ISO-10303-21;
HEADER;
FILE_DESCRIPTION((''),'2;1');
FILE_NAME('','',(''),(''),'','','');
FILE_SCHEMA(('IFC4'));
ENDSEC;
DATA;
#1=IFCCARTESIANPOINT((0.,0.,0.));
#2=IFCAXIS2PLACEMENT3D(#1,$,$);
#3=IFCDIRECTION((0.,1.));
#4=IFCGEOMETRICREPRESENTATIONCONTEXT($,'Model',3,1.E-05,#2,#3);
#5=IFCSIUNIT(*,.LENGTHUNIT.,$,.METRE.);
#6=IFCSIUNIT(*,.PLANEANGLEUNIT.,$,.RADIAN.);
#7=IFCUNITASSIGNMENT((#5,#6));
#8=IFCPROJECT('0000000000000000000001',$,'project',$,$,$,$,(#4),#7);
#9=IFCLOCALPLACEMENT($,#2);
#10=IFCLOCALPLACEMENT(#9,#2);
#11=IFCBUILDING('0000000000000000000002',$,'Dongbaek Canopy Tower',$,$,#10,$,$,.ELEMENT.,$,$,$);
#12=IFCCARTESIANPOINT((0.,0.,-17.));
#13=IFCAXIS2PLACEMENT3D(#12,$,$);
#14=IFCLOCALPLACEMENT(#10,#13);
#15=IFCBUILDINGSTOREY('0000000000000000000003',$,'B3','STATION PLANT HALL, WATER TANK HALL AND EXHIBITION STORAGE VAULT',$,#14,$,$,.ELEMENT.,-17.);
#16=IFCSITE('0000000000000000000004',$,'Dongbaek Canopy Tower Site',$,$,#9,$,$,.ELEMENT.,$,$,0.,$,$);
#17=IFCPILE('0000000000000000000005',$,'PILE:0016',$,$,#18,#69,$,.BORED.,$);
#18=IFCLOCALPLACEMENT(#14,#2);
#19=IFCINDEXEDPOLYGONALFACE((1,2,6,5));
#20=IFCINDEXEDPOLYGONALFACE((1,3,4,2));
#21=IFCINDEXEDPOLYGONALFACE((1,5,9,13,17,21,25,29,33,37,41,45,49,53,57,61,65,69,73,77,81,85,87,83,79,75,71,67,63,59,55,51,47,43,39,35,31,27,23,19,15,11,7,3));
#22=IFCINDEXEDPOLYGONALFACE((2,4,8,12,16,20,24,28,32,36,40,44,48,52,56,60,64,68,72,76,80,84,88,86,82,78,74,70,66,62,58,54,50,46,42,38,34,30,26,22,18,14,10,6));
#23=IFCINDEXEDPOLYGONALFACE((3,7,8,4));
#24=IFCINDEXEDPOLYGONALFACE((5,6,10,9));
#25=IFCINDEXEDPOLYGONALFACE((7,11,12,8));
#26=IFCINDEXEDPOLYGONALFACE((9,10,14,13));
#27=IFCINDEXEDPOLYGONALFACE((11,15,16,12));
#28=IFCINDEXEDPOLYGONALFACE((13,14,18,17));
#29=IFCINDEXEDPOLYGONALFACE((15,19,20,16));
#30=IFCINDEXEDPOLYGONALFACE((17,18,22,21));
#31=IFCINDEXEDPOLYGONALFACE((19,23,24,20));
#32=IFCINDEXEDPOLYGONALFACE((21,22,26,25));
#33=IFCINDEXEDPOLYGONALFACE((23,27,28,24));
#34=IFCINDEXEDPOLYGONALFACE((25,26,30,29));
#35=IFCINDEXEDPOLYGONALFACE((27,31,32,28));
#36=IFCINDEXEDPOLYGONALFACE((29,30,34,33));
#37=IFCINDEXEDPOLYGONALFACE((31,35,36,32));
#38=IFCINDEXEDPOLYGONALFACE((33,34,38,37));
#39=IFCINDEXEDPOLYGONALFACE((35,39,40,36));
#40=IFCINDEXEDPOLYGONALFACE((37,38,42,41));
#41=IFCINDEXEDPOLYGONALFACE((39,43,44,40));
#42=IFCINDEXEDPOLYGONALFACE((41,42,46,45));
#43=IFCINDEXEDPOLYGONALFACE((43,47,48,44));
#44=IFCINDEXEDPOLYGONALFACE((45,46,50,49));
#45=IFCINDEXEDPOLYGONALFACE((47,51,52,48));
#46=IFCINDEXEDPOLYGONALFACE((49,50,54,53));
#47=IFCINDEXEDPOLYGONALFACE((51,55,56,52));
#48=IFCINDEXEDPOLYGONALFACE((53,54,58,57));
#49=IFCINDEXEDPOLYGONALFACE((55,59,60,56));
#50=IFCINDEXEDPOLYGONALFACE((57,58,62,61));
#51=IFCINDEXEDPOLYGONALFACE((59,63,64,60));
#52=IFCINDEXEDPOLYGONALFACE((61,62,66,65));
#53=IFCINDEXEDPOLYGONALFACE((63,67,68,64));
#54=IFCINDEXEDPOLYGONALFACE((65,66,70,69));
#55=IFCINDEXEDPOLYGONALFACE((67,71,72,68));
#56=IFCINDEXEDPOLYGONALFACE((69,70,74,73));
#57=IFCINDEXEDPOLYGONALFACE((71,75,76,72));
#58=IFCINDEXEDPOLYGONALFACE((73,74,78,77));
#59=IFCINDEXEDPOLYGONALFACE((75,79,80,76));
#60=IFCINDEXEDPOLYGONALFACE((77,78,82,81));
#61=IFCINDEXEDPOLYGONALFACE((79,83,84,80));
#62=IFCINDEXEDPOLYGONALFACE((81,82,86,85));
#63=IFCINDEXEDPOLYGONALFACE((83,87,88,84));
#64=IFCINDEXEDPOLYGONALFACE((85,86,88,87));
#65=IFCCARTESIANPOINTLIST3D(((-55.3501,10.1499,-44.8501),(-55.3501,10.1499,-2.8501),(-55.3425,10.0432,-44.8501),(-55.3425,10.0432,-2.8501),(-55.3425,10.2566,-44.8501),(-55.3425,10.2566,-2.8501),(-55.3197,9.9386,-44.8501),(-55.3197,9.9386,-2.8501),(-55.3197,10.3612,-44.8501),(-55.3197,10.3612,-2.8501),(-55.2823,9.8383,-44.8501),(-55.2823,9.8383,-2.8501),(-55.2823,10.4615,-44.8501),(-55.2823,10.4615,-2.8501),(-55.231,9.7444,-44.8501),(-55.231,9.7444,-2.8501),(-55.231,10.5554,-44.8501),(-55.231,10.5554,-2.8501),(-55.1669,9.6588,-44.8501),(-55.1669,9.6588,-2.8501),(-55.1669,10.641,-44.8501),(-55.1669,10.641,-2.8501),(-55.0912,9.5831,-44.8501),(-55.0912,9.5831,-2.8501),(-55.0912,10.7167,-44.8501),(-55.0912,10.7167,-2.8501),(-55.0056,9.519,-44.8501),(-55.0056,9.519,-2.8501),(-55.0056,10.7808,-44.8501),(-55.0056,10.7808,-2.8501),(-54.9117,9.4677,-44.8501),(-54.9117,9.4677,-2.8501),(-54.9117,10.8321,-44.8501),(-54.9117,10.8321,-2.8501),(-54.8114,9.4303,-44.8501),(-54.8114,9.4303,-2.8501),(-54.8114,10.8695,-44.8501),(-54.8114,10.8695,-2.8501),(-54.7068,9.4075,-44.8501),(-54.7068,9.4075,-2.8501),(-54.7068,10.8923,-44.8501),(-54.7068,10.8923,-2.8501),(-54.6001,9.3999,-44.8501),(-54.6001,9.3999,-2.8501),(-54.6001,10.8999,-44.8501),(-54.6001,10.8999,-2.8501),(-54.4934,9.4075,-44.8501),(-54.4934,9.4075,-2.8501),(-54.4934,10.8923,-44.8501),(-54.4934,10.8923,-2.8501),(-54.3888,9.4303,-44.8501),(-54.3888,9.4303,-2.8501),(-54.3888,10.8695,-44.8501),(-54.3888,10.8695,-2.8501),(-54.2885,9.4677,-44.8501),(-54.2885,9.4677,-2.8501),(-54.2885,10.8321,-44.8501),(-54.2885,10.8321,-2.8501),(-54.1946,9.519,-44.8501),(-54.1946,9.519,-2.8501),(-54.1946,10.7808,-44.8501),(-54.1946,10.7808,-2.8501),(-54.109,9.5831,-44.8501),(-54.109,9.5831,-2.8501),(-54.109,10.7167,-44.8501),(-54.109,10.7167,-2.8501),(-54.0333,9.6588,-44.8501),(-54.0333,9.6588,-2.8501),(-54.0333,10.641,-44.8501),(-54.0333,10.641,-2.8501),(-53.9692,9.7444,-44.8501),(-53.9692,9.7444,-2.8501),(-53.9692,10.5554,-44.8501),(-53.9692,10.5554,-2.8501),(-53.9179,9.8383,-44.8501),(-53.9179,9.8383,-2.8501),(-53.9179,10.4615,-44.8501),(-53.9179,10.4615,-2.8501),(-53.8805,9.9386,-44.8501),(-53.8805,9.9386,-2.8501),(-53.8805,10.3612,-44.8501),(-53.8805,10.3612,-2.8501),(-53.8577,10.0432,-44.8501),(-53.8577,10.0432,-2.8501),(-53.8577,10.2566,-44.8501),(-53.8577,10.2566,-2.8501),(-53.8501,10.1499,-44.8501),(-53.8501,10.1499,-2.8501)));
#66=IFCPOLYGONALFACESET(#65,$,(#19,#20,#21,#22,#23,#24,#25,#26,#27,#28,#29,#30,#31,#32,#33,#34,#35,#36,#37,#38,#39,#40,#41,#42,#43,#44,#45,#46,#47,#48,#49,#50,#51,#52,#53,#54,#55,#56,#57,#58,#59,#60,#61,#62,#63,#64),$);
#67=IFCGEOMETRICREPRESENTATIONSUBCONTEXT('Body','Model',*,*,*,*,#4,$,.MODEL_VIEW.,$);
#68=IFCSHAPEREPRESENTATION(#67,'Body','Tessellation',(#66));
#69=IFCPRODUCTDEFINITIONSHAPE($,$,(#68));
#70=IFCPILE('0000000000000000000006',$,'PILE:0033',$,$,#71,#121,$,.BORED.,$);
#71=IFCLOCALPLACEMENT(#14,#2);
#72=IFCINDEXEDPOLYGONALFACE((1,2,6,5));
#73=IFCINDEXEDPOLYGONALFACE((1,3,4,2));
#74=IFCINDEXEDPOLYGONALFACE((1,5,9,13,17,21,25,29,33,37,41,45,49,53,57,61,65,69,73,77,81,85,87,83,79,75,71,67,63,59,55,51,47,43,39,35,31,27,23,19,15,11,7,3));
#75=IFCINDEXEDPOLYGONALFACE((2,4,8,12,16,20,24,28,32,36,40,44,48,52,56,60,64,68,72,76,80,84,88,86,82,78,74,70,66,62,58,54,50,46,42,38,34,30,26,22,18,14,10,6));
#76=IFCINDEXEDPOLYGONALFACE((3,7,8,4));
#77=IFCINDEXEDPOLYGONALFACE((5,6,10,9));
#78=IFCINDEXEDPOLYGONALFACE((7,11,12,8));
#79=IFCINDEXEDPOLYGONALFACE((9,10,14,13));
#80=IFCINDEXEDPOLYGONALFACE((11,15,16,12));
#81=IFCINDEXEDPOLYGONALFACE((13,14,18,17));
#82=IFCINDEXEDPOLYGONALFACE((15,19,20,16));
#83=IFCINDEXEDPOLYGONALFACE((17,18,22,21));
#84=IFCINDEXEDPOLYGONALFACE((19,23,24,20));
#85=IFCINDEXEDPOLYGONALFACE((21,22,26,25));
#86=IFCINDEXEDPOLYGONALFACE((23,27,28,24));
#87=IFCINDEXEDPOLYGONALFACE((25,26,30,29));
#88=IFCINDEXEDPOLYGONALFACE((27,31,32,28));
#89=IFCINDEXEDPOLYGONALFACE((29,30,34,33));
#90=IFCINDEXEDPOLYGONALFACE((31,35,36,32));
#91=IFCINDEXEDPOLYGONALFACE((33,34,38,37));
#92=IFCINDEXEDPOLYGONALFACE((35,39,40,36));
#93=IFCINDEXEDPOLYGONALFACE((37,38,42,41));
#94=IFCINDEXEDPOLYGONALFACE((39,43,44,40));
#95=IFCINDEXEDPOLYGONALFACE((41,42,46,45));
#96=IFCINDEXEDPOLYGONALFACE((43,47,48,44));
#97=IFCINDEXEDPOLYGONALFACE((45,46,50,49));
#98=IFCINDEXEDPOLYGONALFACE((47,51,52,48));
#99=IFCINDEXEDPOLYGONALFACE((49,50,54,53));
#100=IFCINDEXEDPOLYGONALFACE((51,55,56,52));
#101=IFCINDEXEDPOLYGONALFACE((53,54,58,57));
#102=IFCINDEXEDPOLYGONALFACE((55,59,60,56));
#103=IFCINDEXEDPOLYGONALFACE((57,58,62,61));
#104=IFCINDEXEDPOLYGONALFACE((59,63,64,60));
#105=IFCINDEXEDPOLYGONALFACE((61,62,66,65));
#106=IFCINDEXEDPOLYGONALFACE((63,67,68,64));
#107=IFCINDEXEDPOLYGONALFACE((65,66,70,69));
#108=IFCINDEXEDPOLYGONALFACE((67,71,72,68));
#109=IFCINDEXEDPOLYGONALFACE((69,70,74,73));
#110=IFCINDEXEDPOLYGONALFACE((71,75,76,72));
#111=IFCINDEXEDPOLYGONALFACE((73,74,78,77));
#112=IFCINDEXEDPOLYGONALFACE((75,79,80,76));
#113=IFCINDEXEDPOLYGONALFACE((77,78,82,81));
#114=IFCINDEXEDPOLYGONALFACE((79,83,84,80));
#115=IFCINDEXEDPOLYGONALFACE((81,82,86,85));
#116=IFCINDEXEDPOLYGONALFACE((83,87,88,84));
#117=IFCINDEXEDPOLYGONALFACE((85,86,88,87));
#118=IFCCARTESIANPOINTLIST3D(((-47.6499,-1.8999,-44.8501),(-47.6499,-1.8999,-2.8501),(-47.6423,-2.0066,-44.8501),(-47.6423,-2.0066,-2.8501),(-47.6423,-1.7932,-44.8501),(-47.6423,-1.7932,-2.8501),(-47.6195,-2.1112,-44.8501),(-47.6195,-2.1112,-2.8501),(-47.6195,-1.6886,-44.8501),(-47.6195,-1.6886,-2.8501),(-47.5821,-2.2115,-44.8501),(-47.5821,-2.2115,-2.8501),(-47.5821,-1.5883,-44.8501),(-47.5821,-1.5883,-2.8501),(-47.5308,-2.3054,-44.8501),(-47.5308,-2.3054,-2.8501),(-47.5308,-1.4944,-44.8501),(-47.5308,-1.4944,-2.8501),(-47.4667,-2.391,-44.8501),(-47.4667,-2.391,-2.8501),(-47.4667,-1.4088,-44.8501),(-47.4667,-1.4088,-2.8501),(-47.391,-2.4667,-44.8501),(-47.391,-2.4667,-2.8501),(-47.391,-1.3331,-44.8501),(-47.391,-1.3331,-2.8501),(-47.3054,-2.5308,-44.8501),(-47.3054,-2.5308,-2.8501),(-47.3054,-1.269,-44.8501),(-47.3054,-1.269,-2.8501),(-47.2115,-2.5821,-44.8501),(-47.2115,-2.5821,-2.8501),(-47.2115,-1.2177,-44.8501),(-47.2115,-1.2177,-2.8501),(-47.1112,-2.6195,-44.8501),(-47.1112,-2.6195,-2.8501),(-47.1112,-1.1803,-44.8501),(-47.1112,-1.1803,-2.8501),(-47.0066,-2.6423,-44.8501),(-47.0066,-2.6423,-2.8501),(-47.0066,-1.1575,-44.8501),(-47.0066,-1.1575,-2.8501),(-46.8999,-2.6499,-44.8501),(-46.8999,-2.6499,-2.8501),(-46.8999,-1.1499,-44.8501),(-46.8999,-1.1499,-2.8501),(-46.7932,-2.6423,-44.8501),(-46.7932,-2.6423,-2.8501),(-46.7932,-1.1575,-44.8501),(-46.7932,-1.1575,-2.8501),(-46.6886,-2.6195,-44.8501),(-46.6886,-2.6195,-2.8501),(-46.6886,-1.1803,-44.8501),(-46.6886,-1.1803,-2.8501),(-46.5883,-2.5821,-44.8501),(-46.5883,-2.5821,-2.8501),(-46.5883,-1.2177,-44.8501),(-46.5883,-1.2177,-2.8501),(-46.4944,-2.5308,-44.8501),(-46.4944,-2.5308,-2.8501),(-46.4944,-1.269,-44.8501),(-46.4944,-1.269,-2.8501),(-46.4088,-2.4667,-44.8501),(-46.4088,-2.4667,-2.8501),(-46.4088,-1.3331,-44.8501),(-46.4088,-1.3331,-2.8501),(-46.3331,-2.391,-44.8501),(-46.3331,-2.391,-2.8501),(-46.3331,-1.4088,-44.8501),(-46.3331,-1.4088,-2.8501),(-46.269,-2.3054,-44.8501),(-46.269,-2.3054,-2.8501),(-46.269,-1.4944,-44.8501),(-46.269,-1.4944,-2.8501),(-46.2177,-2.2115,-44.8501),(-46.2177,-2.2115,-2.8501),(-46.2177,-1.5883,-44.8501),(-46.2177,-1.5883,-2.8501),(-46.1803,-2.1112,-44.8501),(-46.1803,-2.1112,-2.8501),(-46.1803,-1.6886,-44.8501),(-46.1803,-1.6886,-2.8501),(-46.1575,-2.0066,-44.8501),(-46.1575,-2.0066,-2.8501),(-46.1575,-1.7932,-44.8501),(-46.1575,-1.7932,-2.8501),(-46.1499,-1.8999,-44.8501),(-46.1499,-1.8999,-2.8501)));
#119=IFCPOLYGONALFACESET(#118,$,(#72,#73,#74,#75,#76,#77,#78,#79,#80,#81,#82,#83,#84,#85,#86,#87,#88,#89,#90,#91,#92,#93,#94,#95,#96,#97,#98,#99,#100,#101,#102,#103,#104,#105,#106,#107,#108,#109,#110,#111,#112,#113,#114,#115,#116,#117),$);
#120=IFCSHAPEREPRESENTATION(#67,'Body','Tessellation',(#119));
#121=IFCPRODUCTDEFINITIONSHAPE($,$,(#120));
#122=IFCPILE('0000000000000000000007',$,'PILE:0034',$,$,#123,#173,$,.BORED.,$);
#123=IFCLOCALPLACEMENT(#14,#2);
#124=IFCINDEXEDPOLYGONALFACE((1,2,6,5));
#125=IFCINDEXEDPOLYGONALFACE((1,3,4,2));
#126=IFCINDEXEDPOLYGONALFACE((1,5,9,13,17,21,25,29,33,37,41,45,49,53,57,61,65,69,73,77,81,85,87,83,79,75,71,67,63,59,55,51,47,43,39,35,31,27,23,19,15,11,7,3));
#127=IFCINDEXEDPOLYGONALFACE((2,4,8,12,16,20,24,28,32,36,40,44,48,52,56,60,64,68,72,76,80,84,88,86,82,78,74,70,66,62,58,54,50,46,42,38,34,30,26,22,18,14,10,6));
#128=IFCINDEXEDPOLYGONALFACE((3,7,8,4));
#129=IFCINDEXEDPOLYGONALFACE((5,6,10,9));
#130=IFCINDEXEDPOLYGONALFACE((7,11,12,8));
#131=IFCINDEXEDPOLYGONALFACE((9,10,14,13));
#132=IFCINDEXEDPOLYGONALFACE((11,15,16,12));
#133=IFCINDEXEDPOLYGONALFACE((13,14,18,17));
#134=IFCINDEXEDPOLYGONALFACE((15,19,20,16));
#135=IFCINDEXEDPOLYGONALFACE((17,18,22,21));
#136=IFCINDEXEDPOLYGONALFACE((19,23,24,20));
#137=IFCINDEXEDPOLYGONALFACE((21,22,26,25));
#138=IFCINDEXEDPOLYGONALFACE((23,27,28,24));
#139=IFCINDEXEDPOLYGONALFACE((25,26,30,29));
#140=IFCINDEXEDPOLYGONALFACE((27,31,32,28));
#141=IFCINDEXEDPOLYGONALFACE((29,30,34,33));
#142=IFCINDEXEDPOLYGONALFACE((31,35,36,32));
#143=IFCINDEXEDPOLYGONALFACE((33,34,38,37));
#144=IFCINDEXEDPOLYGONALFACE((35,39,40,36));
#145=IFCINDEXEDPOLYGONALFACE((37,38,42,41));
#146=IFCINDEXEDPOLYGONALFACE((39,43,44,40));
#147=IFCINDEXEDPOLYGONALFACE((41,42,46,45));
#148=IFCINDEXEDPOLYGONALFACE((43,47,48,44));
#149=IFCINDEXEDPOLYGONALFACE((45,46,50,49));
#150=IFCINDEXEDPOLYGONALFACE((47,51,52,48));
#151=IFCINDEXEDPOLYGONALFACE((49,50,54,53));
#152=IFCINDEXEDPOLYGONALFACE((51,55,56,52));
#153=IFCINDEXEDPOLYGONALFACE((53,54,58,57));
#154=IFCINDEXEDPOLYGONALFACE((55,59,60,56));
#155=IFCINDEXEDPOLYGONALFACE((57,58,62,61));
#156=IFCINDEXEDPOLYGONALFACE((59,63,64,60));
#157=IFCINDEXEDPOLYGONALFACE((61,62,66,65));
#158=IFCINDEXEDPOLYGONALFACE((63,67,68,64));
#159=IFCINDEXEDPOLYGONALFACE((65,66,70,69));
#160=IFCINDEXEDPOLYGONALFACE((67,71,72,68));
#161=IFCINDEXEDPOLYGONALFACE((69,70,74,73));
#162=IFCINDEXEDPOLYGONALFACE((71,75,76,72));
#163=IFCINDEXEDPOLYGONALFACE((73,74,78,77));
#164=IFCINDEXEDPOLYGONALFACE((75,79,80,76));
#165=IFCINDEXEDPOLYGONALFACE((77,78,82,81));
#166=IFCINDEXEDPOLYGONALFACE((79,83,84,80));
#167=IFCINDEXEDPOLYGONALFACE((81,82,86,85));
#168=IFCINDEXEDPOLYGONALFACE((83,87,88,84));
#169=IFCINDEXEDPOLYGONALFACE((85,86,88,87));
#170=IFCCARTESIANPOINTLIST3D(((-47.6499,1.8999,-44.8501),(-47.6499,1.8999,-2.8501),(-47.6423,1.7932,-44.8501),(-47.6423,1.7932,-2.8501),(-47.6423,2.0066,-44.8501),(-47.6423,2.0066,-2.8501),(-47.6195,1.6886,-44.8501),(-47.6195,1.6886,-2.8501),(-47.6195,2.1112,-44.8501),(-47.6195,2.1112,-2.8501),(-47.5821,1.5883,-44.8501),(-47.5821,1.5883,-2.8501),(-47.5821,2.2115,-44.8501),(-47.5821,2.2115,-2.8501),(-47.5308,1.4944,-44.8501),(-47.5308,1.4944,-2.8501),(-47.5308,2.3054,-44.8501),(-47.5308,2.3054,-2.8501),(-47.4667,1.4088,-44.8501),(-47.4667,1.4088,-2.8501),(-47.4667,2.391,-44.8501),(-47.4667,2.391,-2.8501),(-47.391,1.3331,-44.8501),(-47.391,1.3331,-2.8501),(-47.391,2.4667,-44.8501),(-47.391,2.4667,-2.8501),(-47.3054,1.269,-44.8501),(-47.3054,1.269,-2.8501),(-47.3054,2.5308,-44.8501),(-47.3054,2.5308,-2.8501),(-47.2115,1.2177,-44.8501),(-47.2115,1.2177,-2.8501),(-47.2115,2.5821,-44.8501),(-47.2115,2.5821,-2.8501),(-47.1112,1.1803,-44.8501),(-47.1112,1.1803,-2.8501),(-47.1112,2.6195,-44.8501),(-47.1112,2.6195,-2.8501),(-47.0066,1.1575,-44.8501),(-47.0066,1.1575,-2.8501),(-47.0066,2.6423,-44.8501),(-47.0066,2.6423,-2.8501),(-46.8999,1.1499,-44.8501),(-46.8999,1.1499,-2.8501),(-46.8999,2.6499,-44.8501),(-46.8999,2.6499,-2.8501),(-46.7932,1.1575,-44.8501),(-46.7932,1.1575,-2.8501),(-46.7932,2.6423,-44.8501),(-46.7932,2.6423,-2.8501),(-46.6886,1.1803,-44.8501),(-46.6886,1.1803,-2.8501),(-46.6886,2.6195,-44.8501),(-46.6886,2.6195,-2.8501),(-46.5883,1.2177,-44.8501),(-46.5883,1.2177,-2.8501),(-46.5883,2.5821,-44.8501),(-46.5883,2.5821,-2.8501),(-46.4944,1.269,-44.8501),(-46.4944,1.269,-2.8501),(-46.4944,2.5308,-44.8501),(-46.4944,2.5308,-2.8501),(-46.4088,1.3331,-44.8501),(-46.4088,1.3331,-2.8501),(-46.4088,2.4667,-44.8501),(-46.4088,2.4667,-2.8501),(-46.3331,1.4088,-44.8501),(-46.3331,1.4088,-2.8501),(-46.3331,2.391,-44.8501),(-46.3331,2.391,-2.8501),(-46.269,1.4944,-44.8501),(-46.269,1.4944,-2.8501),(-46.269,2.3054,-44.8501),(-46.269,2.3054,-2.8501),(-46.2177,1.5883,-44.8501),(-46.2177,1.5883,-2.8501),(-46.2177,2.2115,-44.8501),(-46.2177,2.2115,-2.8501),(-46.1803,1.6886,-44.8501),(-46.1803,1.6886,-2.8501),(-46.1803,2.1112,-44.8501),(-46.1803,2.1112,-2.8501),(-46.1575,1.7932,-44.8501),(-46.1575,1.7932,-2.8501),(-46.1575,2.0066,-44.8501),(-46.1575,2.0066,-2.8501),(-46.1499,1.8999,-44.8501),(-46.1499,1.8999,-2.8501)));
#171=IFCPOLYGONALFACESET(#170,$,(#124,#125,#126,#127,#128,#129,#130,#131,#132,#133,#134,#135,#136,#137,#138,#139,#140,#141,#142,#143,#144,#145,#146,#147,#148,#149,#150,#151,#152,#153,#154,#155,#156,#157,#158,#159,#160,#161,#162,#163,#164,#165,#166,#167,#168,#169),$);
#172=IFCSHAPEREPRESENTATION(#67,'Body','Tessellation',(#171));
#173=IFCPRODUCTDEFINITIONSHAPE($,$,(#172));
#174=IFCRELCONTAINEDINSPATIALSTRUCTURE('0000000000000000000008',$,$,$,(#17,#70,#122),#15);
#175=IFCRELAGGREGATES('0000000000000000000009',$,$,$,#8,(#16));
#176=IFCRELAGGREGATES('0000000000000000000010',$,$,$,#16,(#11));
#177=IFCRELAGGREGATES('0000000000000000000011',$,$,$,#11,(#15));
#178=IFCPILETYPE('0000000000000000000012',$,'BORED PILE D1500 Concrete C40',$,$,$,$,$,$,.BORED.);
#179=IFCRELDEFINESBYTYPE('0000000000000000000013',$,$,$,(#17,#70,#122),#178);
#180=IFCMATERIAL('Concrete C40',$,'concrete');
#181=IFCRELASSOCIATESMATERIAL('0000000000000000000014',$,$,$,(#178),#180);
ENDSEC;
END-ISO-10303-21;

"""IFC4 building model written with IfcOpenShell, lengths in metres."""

from ifc_helpers import new_model, si_unit, direction, frame, origin, origin_2d, place, context, subcontext, project, spatial, circle, extrude, material, material_profile, profile_set, type_object, element, save


model = new_model("IFC4")

# Units and contexts
model_context = context("Model", 3, precision=1e-05, world=origin(), true_north=direction((0.0, 1.0)))
body_context = subcontext(model_context, "Body", "Model", "MODEL_VIEW")
ifc_project = project(units=[si_unit("LENGTHUNIT", "METRE"), si_unit("PLANEANGLEUNIT", "RADIAN")], contexts=[model_context])

# Site, building, storey
site_placement = place(None, origin())
site = spatial("IfcSite", under=ifc_project, at=site_placement, Name="Dongbaek Canopy Tower Site", CompositionType="ELEMENT", RefElevation=0.0)
building_placement = place(site_placement, origin())
building = spatial("IfcBuilding", under=site, at=building_placement, Name="Dongbaek Canopy Tower", CompositionType="ELEMENT")
storey_placement = place(building_placement, frame((0.0, 0.0, -17.0)))
storey = spatial("IfcBuildingStorey", under=building, at=storey_placement, Name="B3", Description="STATION PLANT HALL, WATER TANK HALL AND EXHIBITION STORAGE VAULT", CompositionType="ELEMENT", Elevation=-17.0)

# Piles
ifc_material_1 = material(Name="Concrete C40", Category="concrete")
ifc_material_profile_1 = material_profile(ifc_material_1, circle(Radius=0.75, at=origin_2d()), Name="BORED PILE D1500 Concrete C40")
ifc_profile_set_1 = profile_set([ifc_material_profile_1], Name="Concrete C40")
pile_type = type_object("IfcPileType", Name="BORED PILE D1500 Concrete C40", PredefinedType="BORED", material=ifc_profile_set_1)
for number, where, z_axis, x_axis, name in (
    (1, (-54.6001, 10.1499, -2.8501), (0.0, 0.0, -1.0), (1.0, 0.0, 0.0), "PILE:0016"),
    (2, (-46.8999, -1.8999, -2.8501), (0.0, 0.0, -1.0), (1.0, 0.0, 0.0), "PILE:0033"),
    (3, (-46.8999, 1.8999, -2.8501), (0.0, 0.0, -1.0), (1.0, 0.0, 0.0), "PILE:0034"),
):
    element("IfcPile", number, at=place(storey_placement, frame(where, z_axis=z_axis, x_axis=x_axis)), inside=storey, type_object=pile_type, Name=name, PredefinedType="BORED", context=body_context, shape_type="SweptSolid", body=[
        extrude(circle(Radius=0.75, at=origin_2d()), origin(), (0.0, 0.0, 1.0), 42.0),
    ])

save(model, "model.ifc")
